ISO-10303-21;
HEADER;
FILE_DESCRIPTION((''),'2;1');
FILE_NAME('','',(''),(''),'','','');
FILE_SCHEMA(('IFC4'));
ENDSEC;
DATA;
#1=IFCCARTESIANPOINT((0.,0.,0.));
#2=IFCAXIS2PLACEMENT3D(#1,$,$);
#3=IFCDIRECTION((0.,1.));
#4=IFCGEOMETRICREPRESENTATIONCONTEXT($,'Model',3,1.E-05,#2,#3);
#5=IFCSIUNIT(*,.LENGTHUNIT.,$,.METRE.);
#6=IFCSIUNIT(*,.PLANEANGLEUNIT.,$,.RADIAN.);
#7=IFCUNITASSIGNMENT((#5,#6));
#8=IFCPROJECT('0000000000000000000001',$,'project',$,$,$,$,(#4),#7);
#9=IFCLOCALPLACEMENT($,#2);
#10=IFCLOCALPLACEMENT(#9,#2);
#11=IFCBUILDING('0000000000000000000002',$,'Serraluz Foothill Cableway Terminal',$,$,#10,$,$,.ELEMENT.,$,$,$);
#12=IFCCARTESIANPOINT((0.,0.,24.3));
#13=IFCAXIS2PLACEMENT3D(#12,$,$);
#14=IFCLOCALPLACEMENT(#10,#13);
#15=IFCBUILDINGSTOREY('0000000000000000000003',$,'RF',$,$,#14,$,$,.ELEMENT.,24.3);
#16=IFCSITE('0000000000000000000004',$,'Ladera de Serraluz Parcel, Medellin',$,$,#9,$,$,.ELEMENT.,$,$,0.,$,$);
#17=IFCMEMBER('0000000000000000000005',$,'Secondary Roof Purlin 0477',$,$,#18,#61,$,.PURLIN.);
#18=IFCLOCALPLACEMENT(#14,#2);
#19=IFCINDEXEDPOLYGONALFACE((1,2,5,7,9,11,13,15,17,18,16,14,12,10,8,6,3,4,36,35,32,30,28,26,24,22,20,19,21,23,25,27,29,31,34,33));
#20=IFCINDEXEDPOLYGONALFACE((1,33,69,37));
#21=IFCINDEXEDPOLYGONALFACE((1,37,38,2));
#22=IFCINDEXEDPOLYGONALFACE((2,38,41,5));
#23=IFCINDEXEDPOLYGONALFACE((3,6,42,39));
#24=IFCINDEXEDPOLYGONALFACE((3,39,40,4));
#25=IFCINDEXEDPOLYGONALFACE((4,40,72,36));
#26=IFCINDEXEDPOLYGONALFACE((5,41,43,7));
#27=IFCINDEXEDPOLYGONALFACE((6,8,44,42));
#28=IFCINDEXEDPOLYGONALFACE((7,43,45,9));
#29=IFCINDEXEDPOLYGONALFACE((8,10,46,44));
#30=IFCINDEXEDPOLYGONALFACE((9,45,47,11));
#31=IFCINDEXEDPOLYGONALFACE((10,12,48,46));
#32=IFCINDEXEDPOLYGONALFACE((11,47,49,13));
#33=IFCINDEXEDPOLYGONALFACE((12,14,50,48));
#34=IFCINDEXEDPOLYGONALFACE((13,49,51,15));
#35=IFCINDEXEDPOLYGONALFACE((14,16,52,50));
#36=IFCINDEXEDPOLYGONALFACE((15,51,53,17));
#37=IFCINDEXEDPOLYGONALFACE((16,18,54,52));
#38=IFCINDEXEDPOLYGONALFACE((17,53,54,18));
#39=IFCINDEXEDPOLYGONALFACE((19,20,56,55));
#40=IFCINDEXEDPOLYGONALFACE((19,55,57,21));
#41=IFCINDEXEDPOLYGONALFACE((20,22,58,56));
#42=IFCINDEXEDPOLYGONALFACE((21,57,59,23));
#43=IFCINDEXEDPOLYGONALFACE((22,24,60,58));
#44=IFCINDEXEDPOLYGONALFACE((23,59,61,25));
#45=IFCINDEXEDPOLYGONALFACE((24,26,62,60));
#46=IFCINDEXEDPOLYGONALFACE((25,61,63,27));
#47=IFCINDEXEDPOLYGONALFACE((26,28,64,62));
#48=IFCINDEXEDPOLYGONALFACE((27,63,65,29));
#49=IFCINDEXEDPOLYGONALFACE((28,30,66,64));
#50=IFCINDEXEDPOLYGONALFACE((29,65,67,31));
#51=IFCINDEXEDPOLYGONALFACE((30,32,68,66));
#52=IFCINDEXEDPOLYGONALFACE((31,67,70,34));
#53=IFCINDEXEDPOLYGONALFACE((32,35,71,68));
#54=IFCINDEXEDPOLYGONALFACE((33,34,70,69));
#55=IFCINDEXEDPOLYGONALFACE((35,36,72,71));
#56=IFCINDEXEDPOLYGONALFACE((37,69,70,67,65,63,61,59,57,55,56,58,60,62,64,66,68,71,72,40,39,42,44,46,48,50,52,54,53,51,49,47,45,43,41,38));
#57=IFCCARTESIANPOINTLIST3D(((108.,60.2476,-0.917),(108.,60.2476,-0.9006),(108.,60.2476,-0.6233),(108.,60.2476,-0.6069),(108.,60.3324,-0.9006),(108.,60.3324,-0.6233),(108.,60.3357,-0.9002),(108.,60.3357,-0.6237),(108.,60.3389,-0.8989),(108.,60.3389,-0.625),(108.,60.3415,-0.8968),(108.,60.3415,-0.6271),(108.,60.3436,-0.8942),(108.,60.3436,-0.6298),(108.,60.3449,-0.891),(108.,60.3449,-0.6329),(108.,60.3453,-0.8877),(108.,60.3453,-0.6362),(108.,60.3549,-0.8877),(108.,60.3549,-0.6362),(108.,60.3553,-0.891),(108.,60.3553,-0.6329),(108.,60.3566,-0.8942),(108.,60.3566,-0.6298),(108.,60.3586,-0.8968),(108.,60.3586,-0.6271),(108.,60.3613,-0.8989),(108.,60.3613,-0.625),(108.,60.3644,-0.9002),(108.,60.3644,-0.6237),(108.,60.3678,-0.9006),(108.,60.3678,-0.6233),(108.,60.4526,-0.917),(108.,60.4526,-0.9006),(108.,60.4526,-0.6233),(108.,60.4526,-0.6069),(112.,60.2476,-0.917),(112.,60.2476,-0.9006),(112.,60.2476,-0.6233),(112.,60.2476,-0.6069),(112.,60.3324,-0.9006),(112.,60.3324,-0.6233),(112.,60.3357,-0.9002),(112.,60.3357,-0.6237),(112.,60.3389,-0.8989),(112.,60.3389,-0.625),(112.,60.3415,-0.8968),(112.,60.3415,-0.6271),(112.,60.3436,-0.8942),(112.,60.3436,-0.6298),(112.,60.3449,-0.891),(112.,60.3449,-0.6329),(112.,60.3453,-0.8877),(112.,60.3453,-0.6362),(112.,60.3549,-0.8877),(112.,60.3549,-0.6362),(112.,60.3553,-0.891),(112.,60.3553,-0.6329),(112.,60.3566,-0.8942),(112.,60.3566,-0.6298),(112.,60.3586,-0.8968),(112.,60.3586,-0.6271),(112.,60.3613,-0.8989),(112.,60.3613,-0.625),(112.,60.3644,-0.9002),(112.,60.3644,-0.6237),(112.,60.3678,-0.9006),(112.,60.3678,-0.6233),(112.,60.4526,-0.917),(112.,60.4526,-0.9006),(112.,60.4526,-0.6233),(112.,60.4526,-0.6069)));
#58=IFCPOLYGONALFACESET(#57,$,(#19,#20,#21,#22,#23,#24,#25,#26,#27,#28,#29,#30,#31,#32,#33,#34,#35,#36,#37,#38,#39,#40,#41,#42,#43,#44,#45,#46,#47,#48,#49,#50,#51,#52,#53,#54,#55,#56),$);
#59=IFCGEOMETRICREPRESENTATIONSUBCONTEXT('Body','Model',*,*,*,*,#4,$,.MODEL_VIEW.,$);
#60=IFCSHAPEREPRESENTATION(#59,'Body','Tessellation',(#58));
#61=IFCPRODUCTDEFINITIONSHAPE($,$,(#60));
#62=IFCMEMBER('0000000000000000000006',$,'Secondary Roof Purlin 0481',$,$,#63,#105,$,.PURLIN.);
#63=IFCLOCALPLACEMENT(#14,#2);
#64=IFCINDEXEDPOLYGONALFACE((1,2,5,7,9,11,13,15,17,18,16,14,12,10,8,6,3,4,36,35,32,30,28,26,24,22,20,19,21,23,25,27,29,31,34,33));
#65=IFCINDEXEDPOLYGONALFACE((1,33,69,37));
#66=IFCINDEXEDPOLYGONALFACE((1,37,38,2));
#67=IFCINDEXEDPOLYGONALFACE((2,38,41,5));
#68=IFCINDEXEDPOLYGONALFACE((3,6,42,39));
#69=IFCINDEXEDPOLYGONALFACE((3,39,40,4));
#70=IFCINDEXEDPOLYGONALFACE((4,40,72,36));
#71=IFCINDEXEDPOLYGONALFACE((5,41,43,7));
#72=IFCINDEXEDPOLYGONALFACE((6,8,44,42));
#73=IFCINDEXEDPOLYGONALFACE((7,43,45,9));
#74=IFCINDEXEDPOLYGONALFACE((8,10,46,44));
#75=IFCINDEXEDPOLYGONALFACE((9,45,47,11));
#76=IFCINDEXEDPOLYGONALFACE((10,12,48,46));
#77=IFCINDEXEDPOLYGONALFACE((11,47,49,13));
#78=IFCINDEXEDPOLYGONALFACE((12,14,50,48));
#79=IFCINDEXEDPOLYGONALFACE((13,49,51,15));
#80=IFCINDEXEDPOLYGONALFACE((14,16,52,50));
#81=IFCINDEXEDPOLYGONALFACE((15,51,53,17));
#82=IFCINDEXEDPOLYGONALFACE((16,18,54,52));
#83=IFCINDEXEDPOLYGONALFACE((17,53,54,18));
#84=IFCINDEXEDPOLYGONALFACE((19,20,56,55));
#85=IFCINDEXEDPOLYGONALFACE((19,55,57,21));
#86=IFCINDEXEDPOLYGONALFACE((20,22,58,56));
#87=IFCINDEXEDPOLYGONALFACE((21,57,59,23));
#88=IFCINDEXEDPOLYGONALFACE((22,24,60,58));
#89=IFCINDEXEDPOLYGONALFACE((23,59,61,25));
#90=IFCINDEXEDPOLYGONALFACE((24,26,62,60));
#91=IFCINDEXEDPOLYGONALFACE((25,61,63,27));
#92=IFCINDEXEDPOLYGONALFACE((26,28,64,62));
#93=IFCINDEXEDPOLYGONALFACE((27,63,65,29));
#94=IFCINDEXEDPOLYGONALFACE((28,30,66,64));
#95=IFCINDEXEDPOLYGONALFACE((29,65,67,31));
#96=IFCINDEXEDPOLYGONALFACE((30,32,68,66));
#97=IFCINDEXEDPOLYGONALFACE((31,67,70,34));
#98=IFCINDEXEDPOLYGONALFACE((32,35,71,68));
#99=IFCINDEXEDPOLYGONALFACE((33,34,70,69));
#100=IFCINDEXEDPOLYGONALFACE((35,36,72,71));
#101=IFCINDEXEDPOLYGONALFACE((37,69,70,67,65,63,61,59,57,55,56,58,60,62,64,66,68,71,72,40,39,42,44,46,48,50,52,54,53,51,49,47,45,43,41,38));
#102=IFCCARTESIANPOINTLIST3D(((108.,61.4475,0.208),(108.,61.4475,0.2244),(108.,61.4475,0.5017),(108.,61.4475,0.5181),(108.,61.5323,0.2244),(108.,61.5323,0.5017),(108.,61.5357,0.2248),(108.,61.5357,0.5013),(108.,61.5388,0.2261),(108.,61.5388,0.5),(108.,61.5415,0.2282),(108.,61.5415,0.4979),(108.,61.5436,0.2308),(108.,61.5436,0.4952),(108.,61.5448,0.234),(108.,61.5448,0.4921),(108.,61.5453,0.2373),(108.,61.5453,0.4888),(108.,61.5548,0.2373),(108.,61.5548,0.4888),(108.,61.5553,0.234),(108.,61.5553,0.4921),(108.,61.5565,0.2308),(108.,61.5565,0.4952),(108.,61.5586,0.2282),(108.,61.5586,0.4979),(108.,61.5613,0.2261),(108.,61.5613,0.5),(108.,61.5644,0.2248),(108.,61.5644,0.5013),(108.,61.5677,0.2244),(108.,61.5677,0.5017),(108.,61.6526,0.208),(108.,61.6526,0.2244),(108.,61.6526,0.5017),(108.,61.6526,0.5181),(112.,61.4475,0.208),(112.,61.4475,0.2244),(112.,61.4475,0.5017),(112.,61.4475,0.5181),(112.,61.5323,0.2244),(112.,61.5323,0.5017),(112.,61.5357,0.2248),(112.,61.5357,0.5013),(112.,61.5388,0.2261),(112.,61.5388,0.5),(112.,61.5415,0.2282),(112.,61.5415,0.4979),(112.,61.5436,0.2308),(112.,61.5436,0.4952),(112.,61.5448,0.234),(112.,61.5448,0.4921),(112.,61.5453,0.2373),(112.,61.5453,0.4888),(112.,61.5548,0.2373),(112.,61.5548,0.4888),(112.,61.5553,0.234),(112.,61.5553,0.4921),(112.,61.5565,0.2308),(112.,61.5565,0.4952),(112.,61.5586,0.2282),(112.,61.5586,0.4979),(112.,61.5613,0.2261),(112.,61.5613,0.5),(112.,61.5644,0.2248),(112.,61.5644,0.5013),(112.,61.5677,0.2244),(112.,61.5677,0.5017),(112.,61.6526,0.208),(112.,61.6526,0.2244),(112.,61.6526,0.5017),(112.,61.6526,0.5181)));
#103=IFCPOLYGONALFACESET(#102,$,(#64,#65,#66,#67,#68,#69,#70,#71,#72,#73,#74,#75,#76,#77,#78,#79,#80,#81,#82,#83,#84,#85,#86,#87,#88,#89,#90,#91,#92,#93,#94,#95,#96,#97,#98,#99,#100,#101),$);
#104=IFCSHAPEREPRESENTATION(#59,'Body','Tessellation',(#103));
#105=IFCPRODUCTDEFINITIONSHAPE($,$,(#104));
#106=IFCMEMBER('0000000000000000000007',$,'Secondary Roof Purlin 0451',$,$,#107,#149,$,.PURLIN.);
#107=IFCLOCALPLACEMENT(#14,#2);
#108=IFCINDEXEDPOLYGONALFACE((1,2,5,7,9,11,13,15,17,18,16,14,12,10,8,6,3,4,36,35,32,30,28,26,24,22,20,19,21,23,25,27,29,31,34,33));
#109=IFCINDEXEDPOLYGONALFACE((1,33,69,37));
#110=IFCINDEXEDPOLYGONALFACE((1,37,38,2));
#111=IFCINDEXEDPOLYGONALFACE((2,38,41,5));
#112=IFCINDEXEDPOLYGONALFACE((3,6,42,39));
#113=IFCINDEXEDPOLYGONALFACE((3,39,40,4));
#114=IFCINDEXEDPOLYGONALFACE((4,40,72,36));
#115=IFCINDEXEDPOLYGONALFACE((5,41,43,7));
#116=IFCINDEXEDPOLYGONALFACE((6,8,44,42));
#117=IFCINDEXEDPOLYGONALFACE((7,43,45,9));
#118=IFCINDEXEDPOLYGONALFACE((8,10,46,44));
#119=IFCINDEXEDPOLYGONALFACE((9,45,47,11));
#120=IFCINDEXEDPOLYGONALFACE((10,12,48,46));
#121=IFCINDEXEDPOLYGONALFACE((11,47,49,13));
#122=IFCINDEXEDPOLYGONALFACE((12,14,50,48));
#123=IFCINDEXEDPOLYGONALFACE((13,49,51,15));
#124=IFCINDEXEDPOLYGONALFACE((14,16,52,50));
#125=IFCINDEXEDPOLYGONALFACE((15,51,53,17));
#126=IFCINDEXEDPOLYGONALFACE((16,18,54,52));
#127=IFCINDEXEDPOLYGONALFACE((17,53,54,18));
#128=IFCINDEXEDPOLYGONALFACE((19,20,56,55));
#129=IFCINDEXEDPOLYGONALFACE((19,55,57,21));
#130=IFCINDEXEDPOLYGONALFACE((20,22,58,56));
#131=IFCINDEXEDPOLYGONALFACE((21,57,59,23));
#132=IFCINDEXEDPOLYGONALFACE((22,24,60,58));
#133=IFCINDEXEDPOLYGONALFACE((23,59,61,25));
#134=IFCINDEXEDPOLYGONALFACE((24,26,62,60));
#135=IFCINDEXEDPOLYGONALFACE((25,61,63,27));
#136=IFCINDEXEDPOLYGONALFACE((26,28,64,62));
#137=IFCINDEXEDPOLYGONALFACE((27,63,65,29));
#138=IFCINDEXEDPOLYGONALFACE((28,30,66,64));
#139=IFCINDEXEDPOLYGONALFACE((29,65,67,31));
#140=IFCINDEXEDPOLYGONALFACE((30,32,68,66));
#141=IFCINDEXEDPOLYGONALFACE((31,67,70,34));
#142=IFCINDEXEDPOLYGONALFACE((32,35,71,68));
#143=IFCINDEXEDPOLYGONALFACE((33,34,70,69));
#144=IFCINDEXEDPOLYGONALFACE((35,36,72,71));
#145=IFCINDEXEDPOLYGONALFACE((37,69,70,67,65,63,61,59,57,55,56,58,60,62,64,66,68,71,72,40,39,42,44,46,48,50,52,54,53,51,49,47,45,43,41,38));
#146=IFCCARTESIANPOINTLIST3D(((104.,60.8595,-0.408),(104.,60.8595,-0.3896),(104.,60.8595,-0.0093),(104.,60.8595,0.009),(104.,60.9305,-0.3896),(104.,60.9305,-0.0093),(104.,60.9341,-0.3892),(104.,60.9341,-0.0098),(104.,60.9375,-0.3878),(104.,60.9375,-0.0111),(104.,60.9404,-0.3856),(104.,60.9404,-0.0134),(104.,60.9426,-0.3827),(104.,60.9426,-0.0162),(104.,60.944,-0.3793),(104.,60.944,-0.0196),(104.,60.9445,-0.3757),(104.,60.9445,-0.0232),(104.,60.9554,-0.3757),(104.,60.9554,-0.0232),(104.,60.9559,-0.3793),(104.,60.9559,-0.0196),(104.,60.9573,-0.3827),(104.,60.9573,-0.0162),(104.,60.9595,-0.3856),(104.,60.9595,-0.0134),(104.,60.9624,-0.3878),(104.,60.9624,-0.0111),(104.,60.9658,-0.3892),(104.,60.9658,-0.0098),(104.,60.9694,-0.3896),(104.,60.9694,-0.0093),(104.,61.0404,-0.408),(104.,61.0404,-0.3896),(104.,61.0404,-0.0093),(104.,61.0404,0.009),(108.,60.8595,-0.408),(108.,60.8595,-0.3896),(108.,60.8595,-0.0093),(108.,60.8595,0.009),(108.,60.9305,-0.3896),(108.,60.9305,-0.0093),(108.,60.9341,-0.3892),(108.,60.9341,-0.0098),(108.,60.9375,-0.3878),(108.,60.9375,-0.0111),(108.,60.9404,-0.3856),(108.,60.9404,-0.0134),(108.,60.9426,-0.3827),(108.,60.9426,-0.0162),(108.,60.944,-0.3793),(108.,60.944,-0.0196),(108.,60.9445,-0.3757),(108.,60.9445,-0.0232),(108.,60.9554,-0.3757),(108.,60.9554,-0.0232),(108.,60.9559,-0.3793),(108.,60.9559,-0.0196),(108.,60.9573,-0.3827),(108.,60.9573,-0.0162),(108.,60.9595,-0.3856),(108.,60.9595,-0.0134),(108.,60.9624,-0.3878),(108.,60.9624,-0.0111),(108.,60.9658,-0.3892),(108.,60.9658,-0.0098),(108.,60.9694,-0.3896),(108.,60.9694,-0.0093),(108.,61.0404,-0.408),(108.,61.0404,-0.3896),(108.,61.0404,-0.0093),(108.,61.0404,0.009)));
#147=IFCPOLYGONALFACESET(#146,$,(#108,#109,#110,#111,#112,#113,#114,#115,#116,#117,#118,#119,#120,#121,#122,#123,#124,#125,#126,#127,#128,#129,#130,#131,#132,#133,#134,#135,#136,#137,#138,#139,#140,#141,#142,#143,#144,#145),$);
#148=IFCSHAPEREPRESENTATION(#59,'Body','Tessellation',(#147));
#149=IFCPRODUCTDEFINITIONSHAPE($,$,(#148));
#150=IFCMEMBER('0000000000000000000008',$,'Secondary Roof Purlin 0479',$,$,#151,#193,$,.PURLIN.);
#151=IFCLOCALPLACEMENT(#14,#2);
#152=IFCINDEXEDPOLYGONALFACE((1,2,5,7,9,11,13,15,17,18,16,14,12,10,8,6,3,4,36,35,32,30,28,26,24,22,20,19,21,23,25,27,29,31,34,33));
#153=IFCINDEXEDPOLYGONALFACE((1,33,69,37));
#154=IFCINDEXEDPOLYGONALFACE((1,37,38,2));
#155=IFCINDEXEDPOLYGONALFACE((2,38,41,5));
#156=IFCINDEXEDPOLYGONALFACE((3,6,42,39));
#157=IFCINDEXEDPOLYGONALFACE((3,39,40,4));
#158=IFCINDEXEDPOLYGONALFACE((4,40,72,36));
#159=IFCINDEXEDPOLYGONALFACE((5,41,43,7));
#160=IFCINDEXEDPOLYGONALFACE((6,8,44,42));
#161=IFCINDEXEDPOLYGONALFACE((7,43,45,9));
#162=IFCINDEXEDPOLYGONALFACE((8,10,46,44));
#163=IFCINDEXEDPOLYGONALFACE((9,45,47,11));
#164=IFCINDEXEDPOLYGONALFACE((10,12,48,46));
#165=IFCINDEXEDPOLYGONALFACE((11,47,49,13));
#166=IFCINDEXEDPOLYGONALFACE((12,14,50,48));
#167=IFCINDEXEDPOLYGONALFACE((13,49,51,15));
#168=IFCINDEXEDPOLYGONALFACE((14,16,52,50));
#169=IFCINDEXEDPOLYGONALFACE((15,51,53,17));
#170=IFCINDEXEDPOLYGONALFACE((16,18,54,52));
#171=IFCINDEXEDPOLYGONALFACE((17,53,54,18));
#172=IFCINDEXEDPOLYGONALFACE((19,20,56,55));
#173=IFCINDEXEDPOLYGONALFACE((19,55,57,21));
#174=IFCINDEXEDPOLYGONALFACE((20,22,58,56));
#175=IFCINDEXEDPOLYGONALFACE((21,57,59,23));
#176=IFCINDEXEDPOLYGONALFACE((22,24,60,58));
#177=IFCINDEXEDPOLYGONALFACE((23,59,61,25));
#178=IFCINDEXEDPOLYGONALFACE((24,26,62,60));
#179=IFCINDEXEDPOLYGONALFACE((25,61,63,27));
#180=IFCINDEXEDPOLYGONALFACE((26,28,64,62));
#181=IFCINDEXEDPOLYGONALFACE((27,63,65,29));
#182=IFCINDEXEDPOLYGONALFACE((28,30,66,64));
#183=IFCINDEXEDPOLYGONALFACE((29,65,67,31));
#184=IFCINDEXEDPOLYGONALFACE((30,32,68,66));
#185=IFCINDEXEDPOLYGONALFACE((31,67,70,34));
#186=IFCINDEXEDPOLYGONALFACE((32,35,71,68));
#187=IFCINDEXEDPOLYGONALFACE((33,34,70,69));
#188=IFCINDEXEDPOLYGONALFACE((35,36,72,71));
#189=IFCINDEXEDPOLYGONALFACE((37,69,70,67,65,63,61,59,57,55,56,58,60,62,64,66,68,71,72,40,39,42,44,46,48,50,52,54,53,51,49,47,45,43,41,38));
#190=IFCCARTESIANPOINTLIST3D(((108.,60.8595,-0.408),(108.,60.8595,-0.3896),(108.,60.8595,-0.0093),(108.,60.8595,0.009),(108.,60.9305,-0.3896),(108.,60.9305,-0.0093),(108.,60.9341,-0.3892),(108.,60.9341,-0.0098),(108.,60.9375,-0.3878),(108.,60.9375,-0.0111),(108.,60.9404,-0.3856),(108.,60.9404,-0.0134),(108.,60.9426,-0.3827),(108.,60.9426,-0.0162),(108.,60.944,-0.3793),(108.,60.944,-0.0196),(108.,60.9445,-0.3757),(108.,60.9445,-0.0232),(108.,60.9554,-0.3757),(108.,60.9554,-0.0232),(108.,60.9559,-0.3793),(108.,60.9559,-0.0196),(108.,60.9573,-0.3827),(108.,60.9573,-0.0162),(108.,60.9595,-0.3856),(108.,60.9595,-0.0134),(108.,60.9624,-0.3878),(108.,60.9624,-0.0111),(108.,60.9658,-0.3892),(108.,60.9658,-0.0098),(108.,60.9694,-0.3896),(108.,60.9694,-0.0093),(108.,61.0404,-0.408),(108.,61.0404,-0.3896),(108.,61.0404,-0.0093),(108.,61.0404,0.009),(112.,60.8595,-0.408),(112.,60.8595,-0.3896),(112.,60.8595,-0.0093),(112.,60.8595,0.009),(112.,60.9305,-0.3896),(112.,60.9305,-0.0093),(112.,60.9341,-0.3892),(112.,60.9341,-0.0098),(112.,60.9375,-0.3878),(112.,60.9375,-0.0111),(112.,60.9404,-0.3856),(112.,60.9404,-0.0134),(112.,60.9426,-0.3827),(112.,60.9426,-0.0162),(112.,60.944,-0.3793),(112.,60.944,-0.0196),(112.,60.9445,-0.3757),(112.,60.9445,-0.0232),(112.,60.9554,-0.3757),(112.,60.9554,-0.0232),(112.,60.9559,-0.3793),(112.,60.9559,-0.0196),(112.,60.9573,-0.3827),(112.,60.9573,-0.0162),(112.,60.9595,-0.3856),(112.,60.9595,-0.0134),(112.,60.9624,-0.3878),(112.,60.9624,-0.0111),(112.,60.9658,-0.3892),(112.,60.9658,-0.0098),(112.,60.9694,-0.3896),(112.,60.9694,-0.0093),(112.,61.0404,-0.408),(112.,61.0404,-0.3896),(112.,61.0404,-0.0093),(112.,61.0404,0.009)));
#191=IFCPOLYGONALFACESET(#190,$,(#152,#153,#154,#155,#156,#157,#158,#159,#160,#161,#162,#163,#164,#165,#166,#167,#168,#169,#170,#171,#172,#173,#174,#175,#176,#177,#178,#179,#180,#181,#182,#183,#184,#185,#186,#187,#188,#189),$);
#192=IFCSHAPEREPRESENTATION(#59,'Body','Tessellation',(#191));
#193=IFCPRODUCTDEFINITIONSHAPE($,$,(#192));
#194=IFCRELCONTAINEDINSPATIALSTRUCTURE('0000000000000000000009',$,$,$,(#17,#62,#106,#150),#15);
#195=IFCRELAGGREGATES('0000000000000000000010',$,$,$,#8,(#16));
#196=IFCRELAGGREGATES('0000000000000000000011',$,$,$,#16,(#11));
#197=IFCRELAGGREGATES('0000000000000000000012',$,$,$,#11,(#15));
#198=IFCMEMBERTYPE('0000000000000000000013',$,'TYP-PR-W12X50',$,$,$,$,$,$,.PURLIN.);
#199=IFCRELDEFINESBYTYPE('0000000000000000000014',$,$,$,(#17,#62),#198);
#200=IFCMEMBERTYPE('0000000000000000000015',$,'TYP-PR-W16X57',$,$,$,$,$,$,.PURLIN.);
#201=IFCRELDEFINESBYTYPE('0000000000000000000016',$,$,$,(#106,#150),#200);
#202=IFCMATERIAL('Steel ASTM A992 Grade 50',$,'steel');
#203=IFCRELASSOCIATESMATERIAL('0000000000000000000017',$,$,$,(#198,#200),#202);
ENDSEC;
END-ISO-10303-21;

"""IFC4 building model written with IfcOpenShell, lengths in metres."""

from ifc_helpers import new_model, si_unit, direction, frame, origin, origin_2d, place, context, subcontext, project, spatial, i_section, extrude, material, material_profile, profile_set, type_object, element, save


model = new_model("IFC4")

# Units and contexts
model_context = context("Model", 3, precision=1e-05, world=origin(), true_north=direction((0.0, 1.0)))
body_context = subcontext(model_context, "Body", "Model", "MODEL_VIEW")
ifc_project = project(units=[si_unit("LENGTHUNIT", "METRE"), si_unit("PLANEANGLEUNIT", "RADIAN")], contexts=[model_context])

# Site, building, storey
site_placement = place(None, origin())
site = spatial("IfcSite", under=ifc_project, at=site_placement, Name="Ladera de Serraluz Parcel, Medellin", CompositionType="ELEMENT", RefElevation=0.0)
building_placement = place(site_placement, origin())
building = spatial("IfcBuilding", under=site, at=building_placement, Name="Serraluz Foothill Cableway Terminal", CompositionType="ELEMENT")
storey_placement = place(building_placement, frame((0.0, 0.0, 24.3)))
storey = spatial("IfcBuildingStorey", under=building, at=storey_placement, Name="RF", CompositionType="ELEMENT", Elevation=24.3)

# Members
ifc_material_1 = material(Name="Steel ASTM A992 Grade 50", Category="steel")
ifc_material_profile_1 = material_profile(ifc_material_1, i_section(OverallWidth=0.2051, OverallDepth=0.3101, WebThickness=0.0095, FlangeThickness=0.0164, FilletRadius=0.0129, at=origin_2d()), Name="W12X50")
ifc_profile_set_1 = profile_set([ifc_material_profile_1], Name="Steel ASTM A992 Grade 50")
member_type_1 = type_object("IfcMemberType", Name="TYP-PR-W12X50", PredefinedType="PURLIN", material=ifc_profile_set_1)
for number, where, z_axis, x_axis, name in (
    (1, (108.0, 60.3501, -0.762), (1.0, 0.0, 0.0), (0.0, 1.0, 0.0), "Secondary Roof Purlin 0477"),
    (2, (108.0, 61.55, 0.363), (1.0, 0.0, 0.0), (0.0, 1.0, 0.0), "Secondary Roof Purlin 0481"),
):
    element("IfcMember", number, at=place(storey_placement, frame(where, z_axis=z_axis, x_axis=x_axis)), inside=storey, type_object=member_type_1, Name=name, PredefinedType="PURLIN", context=body_context, shape_type="SweptSolid", body=[
        extrude(i_section(OverallWidth=0.2051, OverallDepth=0.3101, WebThickness=0.0095, FlangeThickness=0.0164, FilletRadius=0.0129, at=origin_2d()), origin(), (0.0, 0.0, 1.0), 4.0),
    ])
ifc_material_profile_2 = material_profile(ifc_material_1, i_section(OverallWidth=0.1809, OverallDepth=0.417, WebThickness=0.011, FlangeThickness=0.0183, FilletRadius=0.0139, at=origin_2d()), Name="W16X57")
ifc_profile_set_2 = profile_set([ifc_material_profile_2], Name="Steel ASTM A992 Grade 50")
member_type_2 = type_object("IfcMemberType", Name="TYP-PR-W16X57", PredefinedType="PURLIN", material=ifc_profile_set_2)
for number, where, z_axis, x_axis, name in (
    (3, (104.0, 60.95, -0.1995), (1.0, 0.0, 0.0), (0.0, 1.0, 0.0), "Secondary Roof Purlin 0451"),
    (4, (108.0, 60.95, -0.1995), (1.0, 0.0, 0.0), (0.0, 1.0, 0.0), "Secondary Roof Purlin 0479"),
):
    element("IfcMember", number, at=place(storey_placement, frame(where, z_axis=z_axis, x_axis=x_axis)), inside=storey, type_object=member_type_2, Name=name, PredefinedType="PURLIN", context=body_context, shape_type="SweptSolid", body=[
        extrude(i_section(OverallWidth=0.1809, OverallDepth=0.417, WebThickness=0.011, FlangeThickness=0.0183, FilletRadius=0.0139, at=origin_2d()), origin(), (0.0, 0.0, 1.0), 4.0),
    ])

save(model, "model.ifc")
